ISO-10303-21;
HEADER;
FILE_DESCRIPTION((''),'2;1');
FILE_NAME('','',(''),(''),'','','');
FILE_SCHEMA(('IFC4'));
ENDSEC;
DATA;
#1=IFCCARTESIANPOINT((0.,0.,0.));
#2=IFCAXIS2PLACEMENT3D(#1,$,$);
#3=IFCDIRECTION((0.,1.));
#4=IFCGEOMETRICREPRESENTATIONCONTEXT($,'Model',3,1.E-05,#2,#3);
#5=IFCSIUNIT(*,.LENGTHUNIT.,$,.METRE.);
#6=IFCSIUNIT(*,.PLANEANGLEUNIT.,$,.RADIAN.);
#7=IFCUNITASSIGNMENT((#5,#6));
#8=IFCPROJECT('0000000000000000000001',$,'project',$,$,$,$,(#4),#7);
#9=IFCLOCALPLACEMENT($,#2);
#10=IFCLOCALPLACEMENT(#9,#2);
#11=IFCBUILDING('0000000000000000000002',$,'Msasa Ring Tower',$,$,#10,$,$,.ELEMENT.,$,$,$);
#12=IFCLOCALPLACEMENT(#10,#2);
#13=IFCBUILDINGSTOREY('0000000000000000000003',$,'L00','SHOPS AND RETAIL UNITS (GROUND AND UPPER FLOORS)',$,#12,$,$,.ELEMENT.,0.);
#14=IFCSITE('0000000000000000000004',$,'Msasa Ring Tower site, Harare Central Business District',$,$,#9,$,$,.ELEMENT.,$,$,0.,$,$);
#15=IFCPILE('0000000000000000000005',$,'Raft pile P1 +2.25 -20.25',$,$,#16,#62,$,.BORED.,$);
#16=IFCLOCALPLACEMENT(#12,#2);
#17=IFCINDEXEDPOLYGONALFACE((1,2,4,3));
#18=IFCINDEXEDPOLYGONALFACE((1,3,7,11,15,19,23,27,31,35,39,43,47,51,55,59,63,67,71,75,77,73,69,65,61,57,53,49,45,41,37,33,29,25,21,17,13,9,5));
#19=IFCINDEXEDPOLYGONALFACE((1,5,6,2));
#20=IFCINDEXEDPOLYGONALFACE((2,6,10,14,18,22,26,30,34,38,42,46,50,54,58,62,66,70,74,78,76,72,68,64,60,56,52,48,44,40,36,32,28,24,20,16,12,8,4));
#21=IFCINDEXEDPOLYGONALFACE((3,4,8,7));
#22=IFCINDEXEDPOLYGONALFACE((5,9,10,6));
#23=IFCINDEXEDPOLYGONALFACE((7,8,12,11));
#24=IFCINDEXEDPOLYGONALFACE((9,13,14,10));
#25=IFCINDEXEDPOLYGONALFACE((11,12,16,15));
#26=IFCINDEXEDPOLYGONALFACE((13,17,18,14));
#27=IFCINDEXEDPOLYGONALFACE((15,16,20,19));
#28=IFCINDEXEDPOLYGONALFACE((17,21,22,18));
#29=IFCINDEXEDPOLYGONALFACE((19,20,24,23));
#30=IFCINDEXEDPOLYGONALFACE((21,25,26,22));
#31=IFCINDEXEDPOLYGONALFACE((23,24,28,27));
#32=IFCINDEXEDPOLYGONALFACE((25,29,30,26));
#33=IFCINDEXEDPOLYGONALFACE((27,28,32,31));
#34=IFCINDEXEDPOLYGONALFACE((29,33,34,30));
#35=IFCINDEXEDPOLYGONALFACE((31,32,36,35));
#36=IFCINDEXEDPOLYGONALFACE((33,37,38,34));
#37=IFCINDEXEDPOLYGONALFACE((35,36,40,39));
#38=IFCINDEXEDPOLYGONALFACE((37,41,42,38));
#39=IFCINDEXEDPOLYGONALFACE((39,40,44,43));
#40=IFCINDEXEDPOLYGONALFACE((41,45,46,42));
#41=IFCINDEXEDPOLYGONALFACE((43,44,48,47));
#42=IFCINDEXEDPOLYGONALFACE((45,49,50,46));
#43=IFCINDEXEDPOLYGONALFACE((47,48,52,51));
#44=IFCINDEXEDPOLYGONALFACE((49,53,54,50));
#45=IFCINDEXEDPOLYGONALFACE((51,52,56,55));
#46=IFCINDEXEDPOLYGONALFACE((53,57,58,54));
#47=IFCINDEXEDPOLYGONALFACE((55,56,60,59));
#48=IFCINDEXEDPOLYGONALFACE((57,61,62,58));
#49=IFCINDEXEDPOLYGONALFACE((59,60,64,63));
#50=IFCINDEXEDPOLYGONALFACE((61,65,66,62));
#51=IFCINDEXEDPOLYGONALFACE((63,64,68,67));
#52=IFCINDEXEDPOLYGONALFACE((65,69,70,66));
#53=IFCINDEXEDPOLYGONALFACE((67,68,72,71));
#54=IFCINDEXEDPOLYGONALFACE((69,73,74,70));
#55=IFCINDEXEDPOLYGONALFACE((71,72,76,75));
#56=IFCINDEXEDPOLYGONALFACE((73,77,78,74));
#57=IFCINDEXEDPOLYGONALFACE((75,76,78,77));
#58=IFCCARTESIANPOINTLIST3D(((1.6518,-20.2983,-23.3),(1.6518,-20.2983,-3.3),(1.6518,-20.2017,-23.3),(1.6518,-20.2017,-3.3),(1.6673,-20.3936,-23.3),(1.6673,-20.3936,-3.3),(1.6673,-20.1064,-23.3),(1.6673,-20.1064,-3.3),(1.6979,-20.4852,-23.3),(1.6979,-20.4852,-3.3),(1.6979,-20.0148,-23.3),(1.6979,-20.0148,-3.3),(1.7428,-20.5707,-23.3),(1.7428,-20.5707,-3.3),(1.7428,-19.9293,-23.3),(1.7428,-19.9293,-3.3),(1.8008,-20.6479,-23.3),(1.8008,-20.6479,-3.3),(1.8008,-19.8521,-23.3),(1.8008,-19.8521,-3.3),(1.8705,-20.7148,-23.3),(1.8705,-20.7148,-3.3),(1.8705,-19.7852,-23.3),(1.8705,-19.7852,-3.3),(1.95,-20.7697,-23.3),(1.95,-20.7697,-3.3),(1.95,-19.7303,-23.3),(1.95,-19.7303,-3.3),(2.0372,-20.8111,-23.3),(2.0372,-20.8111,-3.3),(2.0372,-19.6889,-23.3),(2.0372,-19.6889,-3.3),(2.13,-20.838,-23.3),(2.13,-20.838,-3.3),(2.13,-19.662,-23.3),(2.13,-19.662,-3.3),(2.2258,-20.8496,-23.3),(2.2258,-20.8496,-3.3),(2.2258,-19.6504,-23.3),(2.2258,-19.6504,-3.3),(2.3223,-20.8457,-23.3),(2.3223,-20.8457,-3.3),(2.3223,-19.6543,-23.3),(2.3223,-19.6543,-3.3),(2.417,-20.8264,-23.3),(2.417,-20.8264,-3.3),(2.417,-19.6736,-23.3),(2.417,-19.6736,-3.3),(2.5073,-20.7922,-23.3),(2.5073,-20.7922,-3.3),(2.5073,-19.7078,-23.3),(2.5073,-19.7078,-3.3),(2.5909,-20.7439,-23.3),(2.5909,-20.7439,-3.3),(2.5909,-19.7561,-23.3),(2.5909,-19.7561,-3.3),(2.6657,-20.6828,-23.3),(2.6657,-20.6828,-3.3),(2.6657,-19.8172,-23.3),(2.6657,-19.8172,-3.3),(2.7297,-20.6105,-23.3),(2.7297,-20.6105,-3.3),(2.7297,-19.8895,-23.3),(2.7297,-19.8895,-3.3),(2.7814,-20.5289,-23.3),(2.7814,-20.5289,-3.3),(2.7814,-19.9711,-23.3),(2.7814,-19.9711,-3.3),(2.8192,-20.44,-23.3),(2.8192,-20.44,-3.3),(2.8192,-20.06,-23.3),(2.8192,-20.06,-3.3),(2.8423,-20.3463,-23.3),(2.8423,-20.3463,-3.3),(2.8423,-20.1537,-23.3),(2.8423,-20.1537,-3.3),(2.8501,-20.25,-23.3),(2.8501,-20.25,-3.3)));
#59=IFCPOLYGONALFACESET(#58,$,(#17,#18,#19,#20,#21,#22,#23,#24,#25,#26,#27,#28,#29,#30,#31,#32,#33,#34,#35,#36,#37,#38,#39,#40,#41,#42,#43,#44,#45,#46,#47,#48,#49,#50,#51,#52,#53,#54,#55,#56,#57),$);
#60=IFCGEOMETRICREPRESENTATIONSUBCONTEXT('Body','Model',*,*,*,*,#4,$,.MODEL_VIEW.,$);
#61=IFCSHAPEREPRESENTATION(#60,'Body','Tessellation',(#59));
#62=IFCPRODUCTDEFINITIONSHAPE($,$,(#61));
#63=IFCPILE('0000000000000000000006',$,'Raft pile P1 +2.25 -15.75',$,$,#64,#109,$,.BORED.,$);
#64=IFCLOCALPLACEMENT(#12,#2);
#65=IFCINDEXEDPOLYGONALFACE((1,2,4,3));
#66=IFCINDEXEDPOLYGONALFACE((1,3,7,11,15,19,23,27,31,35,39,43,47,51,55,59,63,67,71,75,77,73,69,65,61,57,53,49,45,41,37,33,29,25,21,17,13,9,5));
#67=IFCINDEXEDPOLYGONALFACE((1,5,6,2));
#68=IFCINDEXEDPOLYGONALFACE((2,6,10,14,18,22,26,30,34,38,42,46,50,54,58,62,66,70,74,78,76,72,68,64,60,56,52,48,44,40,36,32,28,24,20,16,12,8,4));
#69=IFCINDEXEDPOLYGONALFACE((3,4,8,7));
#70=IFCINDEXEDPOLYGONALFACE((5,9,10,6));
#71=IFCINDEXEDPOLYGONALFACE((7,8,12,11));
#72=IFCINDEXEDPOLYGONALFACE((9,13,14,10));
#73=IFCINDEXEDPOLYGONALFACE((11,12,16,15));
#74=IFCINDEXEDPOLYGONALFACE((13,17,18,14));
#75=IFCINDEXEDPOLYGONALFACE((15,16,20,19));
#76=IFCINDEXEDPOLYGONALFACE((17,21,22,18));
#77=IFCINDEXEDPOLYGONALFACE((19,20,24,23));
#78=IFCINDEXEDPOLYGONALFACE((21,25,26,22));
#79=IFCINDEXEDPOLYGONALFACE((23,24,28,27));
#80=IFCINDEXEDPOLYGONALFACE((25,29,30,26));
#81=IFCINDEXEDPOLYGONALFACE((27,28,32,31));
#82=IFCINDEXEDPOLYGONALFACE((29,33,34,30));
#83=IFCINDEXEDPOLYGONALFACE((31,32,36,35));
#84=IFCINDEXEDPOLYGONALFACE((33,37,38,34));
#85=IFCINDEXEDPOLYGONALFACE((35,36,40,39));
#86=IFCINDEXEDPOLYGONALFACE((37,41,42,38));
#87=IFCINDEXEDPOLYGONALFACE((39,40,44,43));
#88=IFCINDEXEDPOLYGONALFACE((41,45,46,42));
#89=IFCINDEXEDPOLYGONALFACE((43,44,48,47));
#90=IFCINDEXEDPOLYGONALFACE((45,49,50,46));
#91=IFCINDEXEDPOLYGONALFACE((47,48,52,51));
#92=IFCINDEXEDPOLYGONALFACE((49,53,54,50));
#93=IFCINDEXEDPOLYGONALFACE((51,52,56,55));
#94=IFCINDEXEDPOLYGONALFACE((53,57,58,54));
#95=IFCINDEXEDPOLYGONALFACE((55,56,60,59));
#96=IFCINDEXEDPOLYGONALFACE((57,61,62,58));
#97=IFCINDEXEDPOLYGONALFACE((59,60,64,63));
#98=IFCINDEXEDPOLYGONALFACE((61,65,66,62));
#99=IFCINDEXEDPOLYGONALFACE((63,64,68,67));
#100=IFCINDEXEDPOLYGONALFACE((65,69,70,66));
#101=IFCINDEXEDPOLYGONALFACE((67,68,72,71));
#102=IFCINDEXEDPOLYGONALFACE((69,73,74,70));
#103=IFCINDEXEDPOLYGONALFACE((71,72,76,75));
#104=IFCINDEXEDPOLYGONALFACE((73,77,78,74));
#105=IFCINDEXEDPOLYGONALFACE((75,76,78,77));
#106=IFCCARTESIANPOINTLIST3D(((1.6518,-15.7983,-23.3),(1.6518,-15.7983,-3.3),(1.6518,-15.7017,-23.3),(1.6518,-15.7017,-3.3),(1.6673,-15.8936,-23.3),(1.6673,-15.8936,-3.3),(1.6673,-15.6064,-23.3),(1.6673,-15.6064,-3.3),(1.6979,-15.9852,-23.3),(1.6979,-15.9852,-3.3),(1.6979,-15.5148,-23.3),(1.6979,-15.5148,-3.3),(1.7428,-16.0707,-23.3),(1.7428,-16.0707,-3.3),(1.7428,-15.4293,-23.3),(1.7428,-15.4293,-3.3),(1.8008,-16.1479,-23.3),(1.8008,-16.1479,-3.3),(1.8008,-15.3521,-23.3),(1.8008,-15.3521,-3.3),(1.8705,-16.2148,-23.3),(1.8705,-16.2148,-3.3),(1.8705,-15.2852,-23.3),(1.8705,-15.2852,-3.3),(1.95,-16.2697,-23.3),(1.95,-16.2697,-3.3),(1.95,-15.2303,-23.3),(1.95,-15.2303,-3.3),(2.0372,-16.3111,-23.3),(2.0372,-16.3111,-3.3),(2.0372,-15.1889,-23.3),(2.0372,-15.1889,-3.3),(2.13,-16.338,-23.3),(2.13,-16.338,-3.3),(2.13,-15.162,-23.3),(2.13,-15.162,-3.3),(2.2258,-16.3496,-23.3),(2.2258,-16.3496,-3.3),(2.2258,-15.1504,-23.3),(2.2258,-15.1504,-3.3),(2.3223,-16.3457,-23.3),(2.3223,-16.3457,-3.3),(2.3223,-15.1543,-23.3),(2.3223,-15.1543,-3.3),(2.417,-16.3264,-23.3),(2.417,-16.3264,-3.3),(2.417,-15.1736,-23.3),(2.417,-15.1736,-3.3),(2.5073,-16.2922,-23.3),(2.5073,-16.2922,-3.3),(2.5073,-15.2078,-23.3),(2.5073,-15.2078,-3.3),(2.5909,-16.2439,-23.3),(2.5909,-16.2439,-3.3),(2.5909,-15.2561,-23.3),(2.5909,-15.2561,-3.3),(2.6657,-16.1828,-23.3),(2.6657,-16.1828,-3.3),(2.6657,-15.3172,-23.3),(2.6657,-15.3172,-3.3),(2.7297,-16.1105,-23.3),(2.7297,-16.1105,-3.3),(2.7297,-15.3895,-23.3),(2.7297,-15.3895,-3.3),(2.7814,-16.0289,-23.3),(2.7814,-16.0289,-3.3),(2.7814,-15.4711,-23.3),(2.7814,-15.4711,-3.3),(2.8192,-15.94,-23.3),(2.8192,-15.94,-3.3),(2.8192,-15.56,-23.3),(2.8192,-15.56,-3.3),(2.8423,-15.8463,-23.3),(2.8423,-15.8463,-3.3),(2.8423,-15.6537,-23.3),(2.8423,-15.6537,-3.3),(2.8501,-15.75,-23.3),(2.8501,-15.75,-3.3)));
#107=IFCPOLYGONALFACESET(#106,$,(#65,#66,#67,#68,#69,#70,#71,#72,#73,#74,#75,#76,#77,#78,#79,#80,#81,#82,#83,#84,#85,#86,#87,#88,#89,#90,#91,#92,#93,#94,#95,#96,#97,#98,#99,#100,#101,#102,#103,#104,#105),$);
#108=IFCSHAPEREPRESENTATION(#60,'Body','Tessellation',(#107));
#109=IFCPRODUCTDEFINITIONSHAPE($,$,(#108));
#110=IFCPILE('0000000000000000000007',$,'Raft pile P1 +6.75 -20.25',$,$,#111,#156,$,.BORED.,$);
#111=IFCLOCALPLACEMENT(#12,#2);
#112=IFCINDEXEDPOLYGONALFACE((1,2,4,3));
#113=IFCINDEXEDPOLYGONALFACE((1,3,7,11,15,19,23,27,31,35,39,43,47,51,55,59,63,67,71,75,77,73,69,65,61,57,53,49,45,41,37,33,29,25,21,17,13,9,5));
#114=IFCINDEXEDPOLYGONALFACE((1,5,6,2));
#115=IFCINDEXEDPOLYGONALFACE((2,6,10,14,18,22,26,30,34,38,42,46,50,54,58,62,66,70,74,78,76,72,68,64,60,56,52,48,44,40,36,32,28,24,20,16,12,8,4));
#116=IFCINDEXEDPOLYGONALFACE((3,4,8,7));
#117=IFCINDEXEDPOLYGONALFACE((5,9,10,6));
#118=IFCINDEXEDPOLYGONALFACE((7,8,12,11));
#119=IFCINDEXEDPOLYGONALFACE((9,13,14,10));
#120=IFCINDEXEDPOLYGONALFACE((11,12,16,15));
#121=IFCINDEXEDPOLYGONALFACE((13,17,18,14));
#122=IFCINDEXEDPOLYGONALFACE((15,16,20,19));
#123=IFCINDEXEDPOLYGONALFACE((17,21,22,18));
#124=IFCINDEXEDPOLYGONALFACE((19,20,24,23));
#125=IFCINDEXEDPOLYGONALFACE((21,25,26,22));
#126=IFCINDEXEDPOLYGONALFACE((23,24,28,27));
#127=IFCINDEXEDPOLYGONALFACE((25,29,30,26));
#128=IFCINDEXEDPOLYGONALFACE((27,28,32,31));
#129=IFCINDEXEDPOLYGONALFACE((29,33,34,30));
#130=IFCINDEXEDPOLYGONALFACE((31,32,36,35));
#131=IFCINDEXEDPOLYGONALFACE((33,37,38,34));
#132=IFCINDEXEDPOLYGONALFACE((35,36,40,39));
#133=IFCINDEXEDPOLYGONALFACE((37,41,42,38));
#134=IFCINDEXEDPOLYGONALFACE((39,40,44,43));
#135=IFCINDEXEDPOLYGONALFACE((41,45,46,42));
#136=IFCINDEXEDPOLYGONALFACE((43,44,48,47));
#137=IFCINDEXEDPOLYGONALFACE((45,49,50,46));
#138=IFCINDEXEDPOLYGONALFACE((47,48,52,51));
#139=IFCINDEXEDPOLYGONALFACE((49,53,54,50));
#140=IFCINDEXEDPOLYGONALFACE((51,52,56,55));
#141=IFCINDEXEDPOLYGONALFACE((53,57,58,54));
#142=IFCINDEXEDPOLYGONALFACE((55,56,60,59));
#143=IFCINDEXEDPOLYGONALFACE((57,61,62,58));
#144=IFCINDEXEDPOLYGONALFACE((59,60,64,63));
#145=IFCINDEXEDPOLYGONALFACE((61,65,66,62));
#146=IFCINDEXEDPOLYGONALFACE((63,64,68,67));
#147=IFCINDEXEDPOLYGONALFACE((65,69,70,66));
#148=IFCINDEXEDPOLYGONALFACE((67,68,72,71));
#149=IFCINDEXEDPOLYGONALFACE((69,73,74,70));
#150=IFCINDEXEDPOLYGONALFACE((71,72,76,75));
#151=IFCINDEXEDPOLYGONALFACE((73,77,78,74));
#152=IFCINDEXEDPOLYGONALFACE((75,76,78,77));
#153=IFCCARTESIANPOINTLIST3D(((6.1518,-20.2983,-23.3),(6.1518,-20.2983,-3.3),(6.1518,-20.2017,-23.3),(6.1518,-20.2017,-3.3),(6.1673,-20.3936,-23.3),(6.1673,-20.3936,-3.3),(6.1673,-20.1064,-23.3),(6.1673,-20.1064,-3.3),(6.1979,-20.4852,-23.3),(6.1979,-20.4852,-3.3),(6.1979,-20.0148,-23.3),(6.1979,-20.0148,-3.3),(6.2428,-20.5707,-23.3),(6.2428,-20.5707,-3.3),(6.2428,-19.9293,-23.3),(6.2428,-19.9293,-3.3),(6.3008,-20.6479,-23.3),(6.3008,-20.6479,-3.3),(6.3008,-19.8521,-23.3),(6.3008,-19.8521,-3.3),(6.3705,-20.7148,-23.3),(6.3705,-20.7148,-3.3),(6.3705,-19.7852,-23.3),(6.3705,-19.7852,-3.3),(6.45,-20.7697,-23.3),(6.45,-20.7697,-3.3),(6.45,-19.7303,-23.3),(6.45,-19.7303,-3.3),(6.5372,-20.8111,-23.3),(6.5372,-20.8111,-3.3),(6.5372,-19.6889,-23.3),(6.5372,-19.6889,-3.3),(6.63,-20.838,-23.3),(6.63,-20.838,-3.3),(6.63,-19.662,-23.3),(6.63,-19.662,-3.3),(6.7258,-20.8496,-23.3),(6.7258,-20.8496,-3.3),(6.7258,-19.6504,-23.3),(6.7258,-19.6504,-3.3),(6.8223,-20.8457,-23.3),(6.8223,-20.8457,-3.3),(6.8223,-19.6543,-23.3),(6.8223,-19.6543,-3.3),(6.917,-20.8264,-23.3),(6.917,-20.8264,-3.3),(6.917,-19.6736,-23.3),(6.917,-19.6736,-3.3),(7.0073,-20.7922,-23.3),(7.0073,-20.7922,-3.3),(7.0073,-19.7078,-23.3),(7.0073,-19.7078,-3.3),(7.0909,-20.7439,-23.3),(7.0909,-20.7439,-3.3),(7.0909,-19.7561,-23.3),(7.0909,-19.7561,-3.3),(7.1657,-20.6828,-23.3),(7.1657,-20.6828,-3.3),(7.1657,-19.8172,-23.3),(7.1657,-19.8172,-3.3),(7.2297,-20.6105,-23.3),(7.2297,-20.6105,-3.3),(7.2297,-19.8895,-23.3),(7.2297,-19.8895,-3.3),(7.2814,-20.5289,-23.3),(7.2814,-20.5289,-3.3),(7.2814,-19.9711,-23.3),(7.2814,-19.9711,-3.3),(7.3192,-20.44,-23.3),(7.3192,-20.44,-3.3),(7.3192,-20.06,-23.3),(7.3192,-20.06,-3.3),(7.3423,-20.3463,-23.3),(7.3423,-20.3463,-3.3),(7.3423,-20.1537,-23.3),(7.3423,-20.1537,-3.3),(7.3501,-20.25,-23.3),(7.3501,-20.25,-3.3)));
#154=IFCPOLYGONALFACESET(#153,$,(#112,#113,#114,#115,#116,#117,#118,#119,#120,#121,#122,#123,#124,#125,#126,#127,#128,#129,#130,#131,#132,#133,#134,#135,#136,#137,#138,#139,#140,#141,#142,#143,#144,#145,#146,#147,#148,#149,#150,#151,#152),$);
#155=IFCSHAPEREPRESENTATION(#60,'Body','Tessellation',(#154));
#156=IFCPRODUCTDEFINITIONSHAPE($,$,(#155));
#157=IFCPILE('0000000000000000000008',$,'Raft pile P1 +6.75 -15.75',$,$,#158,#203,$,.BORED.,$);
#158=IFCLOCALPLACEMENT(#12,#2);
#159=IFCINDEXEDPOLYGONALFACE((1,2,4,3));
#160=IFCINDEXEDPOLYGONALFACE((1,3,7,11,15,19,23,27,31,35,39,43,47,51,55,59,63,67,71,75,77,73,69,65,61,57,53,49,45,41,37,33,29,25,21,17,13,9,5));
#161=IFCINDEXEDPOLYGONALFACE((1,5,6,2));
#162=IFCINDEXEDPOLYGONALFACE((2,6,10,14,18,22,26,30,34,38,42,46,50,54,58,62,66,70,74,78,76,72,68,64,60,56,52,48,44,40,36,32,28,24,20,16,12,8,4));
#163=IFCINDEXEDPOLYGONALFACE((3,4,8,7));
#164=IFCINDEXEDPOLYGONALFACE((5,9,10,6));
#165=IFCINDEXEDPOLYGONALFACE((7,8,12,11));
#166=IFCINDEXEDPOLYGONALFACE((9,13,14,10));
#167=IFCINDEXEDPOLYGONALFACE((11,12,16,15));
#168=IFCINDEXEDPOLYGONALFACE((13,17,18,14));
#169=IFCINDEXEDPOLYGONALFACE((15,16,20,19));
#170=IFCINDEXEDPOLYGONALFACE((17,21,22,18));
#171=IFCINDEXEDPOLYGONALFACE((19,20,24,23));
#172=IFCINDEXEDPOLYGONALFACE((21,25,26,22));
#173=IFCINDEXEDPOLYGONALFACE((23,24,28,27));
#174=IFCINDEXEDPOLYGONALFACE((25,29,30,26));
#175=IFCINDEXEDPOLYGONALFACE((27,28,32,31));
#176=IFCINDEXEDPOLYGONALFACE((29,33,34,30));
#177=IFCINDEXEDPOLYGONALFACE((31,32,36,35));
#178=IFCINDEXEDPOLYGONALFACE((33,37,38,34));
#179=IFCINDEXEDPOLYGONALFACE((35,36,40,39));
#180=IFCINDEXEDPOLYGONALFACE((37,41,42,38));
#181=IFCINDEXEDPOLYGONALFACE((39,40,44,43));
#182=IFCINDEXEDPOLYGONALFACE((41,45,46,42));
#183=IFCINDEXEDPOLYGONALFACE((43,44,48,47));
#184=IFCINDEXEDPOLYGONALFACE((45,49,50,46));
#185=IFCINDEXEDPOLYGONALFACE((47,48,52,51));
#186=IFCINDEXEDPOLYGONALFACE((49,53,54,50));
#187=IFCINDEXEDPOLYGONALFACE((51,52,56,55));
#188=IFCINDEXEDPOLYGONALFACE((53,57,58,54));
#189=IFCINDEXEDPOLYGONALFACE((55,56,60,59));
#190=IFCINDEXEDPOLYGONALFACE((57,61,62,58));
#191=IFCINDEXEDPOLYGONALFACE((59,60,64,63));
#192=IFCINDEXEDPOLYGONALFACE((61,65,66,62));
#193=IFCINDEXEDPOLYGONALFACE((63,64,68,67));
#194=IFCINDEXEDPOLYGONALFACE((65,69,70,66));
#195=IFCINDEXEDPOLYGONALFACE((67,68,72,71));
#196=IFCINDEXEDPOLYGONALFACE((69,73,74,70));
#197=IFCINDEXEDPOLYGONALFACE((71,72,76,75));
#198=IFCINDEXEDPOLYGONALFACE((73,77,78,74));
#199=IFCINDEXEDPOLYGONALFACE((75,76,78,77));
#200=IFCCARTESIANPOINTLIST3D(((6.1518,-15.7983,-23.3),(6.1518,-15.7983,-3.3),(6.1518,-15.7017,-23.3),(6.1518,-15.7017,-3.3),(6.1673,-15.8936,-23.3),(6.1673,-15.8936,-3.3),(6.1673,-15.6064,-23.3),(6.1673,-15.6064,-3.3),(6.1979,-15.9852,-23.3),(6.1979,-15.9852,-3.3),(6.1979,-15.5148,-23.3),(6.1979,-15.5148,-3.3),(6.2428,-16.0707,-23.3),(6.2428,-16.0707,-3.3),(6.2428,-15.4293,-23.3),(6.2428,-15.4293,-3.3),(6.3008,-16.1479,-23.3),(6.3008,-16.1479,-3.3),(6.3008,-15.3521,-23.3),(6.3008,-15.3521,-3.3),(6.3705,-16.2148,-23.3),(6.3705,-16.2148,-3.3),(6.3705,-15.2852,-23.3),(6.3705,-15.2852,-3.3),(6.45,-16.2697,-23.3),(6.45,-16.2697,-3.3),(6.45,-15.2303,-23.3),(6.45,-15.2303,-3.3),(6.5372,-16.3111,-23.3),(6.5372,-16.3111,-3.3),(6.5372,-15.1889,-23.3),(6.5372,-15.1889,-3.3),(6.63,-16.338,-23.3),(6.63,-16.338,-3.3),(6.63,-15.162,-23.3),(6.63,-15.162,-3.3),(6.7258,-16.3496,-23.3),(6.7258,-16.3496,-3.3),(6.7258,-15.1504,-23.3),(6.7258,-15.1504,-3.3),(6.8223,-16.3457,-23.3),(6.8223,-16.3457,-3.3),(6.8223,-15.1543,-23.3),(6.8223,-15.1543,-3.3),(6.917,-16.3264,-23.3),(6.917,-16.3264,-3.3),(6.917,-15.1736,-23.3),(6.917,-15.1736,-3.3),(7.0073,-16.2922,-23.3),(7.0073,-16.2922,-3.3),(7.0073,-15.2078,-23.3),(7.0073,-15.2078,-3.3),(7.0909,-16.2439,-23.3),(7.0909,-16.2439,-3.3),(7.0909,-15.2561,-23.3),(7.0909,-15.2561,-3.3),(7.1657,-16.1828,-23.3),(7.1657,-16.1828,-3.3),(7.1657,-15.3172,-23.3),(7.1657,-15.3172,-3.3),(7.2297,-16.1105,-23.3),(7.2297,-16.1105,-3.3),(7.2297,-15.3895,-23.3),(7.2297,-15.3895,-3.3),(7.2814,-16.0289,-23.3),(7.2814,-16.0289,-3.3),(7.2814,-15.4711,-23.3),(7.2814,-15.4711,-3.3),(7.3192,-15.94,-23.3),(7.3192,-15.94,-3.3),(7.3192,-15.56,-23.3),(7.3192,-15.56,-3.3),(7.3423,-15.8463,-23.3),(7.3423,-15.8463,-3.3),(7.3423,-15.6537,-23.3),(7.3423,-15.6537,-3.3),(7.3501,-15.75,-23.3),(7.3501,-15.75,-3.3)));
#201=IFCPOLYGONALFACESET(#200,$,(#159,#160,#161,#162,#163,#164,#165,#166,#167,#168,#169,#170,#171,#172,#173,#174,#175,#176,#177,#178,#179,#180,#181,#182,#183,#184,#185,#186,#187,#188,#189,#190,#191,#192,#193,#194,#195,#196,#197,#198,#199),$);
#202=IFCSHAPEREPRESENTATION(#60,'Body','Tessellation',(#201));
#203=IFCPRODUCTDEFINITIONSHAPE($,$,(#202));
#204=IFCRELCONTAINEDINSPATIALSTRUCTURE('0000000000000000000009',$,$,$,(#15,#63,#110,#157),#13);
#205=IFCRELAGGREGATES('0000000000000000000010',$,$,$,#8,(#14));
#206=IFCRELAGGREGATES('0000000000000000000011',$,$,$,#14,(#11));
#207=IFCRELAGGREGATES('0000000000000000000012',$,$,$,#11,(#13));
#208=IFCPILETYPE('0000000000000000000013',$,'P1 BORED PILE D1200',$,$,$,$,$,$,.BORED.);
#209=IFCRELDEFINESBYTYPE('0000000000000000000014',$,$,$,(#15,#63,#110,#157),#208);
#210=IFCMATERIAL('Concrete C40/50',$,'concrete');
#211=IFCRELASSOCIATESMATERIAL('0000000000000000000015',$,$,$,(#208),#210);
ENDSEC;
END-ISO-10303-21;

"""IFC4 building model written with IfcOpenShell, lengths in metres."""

from ifc_helpers import new_model, si_unit, direction, frame, origin, origin_2d, place, context, subcontext, project, spatial, circle, extrude, material, material_profile, profile_set, type_object, element, save


model = new_model("IFC4")

# Units and contexts
model_context = context("Model", 3, precision=1e-05, world=origin(), true_north=direction((0.0, 1.0)))
body_context = subcontext(model_context, "Body", "Model", "MODEL_VIEW")
ifc_project = project(units=[si_unit("LENGTHUNIT", "METRE"), si_unit("PLANEANGLEUNIT", "RADIAN")], contexts=[model_context])

# Site, building, storey
site_placement = place(None, origin())
site = spatial("IfcSite", under=ifc_project, at=site_placement, Name="Msasa Ring Tower site, Harare Central Business District", CompositionType="ELEMENT", RefElevation=0.0)
building_placement = place(site_placement, origin())
building = spatial("IfcBuilding", under=site, at=building_placement, Name="Msasa Ring Tower", CompositionType="ELEMENT")
storey_placement = place(building_placement, origin())
storey = spatial("IfcBuildingStorey", under=building, at=storey_placement, Name="L00", Description="SHOPS AND RETAIL UNITS (GROUND AND UPPER FLOORS)", CompositionType="ELEMENT", Elevation=0.0)

# Piles
ifc_material_1 = material(Name="Concrete C40/50", Category="concrete")
ifc_material_profile_1 = material_profile(ifc_material_1, circle(Radius=0.6001, at=origin_2d()), Name="D1200")
ifc_profile_set_1 = profile_set([ifc_material_profile_1], Name="Concrete C40/50")
pile_type = type_object("IfcPileType", Name="P1 BORED PILE D1200", PredefinedType="BORED", material=ifc_profile_set_1)
for number, where, z_axis, x_axis, name in (
    (1, (2.25, -20.25, -3.3), (0.0, 0.0, -1.0), (1.0, 0.0, 0.0), "Raft pile P1 +2.25 -20.25"),
    (2, (2.25, -15.75, -3.3), (0.0, 0.0, -1.0), (1.0, 0.0, 0.0), "Raft pile P1 +2.25 -15.75"),
    (3, (6.75, -20.25, -3.3), (0.0, 0.0, -1.0), (1.0, 0.0, 0.0), "Raft pile P1 +6.75 -20.25"),
    (4, (6.75, -15.75, -3.3), (0.0, 0.0, -1.0), (1.0, 0.0, 0.0), "Raft pile P1 +6.75 -15.75"),
):
    element("IfcPile", number, at=place(storey_placement, frame(where, z_axis=z_axis, x_axis=x_axis)), inside=storey, type_object=pile_type, Name=name, PredefinedType="BORED", context=body_context, shape_type="SweptSolid", body=[
        extrude(circle(Radius=0.6001, at=origin_2d()), origin(), (0.0, 0.0, 1.0), 20.0),
    ])

save(model, "model.ifc")
